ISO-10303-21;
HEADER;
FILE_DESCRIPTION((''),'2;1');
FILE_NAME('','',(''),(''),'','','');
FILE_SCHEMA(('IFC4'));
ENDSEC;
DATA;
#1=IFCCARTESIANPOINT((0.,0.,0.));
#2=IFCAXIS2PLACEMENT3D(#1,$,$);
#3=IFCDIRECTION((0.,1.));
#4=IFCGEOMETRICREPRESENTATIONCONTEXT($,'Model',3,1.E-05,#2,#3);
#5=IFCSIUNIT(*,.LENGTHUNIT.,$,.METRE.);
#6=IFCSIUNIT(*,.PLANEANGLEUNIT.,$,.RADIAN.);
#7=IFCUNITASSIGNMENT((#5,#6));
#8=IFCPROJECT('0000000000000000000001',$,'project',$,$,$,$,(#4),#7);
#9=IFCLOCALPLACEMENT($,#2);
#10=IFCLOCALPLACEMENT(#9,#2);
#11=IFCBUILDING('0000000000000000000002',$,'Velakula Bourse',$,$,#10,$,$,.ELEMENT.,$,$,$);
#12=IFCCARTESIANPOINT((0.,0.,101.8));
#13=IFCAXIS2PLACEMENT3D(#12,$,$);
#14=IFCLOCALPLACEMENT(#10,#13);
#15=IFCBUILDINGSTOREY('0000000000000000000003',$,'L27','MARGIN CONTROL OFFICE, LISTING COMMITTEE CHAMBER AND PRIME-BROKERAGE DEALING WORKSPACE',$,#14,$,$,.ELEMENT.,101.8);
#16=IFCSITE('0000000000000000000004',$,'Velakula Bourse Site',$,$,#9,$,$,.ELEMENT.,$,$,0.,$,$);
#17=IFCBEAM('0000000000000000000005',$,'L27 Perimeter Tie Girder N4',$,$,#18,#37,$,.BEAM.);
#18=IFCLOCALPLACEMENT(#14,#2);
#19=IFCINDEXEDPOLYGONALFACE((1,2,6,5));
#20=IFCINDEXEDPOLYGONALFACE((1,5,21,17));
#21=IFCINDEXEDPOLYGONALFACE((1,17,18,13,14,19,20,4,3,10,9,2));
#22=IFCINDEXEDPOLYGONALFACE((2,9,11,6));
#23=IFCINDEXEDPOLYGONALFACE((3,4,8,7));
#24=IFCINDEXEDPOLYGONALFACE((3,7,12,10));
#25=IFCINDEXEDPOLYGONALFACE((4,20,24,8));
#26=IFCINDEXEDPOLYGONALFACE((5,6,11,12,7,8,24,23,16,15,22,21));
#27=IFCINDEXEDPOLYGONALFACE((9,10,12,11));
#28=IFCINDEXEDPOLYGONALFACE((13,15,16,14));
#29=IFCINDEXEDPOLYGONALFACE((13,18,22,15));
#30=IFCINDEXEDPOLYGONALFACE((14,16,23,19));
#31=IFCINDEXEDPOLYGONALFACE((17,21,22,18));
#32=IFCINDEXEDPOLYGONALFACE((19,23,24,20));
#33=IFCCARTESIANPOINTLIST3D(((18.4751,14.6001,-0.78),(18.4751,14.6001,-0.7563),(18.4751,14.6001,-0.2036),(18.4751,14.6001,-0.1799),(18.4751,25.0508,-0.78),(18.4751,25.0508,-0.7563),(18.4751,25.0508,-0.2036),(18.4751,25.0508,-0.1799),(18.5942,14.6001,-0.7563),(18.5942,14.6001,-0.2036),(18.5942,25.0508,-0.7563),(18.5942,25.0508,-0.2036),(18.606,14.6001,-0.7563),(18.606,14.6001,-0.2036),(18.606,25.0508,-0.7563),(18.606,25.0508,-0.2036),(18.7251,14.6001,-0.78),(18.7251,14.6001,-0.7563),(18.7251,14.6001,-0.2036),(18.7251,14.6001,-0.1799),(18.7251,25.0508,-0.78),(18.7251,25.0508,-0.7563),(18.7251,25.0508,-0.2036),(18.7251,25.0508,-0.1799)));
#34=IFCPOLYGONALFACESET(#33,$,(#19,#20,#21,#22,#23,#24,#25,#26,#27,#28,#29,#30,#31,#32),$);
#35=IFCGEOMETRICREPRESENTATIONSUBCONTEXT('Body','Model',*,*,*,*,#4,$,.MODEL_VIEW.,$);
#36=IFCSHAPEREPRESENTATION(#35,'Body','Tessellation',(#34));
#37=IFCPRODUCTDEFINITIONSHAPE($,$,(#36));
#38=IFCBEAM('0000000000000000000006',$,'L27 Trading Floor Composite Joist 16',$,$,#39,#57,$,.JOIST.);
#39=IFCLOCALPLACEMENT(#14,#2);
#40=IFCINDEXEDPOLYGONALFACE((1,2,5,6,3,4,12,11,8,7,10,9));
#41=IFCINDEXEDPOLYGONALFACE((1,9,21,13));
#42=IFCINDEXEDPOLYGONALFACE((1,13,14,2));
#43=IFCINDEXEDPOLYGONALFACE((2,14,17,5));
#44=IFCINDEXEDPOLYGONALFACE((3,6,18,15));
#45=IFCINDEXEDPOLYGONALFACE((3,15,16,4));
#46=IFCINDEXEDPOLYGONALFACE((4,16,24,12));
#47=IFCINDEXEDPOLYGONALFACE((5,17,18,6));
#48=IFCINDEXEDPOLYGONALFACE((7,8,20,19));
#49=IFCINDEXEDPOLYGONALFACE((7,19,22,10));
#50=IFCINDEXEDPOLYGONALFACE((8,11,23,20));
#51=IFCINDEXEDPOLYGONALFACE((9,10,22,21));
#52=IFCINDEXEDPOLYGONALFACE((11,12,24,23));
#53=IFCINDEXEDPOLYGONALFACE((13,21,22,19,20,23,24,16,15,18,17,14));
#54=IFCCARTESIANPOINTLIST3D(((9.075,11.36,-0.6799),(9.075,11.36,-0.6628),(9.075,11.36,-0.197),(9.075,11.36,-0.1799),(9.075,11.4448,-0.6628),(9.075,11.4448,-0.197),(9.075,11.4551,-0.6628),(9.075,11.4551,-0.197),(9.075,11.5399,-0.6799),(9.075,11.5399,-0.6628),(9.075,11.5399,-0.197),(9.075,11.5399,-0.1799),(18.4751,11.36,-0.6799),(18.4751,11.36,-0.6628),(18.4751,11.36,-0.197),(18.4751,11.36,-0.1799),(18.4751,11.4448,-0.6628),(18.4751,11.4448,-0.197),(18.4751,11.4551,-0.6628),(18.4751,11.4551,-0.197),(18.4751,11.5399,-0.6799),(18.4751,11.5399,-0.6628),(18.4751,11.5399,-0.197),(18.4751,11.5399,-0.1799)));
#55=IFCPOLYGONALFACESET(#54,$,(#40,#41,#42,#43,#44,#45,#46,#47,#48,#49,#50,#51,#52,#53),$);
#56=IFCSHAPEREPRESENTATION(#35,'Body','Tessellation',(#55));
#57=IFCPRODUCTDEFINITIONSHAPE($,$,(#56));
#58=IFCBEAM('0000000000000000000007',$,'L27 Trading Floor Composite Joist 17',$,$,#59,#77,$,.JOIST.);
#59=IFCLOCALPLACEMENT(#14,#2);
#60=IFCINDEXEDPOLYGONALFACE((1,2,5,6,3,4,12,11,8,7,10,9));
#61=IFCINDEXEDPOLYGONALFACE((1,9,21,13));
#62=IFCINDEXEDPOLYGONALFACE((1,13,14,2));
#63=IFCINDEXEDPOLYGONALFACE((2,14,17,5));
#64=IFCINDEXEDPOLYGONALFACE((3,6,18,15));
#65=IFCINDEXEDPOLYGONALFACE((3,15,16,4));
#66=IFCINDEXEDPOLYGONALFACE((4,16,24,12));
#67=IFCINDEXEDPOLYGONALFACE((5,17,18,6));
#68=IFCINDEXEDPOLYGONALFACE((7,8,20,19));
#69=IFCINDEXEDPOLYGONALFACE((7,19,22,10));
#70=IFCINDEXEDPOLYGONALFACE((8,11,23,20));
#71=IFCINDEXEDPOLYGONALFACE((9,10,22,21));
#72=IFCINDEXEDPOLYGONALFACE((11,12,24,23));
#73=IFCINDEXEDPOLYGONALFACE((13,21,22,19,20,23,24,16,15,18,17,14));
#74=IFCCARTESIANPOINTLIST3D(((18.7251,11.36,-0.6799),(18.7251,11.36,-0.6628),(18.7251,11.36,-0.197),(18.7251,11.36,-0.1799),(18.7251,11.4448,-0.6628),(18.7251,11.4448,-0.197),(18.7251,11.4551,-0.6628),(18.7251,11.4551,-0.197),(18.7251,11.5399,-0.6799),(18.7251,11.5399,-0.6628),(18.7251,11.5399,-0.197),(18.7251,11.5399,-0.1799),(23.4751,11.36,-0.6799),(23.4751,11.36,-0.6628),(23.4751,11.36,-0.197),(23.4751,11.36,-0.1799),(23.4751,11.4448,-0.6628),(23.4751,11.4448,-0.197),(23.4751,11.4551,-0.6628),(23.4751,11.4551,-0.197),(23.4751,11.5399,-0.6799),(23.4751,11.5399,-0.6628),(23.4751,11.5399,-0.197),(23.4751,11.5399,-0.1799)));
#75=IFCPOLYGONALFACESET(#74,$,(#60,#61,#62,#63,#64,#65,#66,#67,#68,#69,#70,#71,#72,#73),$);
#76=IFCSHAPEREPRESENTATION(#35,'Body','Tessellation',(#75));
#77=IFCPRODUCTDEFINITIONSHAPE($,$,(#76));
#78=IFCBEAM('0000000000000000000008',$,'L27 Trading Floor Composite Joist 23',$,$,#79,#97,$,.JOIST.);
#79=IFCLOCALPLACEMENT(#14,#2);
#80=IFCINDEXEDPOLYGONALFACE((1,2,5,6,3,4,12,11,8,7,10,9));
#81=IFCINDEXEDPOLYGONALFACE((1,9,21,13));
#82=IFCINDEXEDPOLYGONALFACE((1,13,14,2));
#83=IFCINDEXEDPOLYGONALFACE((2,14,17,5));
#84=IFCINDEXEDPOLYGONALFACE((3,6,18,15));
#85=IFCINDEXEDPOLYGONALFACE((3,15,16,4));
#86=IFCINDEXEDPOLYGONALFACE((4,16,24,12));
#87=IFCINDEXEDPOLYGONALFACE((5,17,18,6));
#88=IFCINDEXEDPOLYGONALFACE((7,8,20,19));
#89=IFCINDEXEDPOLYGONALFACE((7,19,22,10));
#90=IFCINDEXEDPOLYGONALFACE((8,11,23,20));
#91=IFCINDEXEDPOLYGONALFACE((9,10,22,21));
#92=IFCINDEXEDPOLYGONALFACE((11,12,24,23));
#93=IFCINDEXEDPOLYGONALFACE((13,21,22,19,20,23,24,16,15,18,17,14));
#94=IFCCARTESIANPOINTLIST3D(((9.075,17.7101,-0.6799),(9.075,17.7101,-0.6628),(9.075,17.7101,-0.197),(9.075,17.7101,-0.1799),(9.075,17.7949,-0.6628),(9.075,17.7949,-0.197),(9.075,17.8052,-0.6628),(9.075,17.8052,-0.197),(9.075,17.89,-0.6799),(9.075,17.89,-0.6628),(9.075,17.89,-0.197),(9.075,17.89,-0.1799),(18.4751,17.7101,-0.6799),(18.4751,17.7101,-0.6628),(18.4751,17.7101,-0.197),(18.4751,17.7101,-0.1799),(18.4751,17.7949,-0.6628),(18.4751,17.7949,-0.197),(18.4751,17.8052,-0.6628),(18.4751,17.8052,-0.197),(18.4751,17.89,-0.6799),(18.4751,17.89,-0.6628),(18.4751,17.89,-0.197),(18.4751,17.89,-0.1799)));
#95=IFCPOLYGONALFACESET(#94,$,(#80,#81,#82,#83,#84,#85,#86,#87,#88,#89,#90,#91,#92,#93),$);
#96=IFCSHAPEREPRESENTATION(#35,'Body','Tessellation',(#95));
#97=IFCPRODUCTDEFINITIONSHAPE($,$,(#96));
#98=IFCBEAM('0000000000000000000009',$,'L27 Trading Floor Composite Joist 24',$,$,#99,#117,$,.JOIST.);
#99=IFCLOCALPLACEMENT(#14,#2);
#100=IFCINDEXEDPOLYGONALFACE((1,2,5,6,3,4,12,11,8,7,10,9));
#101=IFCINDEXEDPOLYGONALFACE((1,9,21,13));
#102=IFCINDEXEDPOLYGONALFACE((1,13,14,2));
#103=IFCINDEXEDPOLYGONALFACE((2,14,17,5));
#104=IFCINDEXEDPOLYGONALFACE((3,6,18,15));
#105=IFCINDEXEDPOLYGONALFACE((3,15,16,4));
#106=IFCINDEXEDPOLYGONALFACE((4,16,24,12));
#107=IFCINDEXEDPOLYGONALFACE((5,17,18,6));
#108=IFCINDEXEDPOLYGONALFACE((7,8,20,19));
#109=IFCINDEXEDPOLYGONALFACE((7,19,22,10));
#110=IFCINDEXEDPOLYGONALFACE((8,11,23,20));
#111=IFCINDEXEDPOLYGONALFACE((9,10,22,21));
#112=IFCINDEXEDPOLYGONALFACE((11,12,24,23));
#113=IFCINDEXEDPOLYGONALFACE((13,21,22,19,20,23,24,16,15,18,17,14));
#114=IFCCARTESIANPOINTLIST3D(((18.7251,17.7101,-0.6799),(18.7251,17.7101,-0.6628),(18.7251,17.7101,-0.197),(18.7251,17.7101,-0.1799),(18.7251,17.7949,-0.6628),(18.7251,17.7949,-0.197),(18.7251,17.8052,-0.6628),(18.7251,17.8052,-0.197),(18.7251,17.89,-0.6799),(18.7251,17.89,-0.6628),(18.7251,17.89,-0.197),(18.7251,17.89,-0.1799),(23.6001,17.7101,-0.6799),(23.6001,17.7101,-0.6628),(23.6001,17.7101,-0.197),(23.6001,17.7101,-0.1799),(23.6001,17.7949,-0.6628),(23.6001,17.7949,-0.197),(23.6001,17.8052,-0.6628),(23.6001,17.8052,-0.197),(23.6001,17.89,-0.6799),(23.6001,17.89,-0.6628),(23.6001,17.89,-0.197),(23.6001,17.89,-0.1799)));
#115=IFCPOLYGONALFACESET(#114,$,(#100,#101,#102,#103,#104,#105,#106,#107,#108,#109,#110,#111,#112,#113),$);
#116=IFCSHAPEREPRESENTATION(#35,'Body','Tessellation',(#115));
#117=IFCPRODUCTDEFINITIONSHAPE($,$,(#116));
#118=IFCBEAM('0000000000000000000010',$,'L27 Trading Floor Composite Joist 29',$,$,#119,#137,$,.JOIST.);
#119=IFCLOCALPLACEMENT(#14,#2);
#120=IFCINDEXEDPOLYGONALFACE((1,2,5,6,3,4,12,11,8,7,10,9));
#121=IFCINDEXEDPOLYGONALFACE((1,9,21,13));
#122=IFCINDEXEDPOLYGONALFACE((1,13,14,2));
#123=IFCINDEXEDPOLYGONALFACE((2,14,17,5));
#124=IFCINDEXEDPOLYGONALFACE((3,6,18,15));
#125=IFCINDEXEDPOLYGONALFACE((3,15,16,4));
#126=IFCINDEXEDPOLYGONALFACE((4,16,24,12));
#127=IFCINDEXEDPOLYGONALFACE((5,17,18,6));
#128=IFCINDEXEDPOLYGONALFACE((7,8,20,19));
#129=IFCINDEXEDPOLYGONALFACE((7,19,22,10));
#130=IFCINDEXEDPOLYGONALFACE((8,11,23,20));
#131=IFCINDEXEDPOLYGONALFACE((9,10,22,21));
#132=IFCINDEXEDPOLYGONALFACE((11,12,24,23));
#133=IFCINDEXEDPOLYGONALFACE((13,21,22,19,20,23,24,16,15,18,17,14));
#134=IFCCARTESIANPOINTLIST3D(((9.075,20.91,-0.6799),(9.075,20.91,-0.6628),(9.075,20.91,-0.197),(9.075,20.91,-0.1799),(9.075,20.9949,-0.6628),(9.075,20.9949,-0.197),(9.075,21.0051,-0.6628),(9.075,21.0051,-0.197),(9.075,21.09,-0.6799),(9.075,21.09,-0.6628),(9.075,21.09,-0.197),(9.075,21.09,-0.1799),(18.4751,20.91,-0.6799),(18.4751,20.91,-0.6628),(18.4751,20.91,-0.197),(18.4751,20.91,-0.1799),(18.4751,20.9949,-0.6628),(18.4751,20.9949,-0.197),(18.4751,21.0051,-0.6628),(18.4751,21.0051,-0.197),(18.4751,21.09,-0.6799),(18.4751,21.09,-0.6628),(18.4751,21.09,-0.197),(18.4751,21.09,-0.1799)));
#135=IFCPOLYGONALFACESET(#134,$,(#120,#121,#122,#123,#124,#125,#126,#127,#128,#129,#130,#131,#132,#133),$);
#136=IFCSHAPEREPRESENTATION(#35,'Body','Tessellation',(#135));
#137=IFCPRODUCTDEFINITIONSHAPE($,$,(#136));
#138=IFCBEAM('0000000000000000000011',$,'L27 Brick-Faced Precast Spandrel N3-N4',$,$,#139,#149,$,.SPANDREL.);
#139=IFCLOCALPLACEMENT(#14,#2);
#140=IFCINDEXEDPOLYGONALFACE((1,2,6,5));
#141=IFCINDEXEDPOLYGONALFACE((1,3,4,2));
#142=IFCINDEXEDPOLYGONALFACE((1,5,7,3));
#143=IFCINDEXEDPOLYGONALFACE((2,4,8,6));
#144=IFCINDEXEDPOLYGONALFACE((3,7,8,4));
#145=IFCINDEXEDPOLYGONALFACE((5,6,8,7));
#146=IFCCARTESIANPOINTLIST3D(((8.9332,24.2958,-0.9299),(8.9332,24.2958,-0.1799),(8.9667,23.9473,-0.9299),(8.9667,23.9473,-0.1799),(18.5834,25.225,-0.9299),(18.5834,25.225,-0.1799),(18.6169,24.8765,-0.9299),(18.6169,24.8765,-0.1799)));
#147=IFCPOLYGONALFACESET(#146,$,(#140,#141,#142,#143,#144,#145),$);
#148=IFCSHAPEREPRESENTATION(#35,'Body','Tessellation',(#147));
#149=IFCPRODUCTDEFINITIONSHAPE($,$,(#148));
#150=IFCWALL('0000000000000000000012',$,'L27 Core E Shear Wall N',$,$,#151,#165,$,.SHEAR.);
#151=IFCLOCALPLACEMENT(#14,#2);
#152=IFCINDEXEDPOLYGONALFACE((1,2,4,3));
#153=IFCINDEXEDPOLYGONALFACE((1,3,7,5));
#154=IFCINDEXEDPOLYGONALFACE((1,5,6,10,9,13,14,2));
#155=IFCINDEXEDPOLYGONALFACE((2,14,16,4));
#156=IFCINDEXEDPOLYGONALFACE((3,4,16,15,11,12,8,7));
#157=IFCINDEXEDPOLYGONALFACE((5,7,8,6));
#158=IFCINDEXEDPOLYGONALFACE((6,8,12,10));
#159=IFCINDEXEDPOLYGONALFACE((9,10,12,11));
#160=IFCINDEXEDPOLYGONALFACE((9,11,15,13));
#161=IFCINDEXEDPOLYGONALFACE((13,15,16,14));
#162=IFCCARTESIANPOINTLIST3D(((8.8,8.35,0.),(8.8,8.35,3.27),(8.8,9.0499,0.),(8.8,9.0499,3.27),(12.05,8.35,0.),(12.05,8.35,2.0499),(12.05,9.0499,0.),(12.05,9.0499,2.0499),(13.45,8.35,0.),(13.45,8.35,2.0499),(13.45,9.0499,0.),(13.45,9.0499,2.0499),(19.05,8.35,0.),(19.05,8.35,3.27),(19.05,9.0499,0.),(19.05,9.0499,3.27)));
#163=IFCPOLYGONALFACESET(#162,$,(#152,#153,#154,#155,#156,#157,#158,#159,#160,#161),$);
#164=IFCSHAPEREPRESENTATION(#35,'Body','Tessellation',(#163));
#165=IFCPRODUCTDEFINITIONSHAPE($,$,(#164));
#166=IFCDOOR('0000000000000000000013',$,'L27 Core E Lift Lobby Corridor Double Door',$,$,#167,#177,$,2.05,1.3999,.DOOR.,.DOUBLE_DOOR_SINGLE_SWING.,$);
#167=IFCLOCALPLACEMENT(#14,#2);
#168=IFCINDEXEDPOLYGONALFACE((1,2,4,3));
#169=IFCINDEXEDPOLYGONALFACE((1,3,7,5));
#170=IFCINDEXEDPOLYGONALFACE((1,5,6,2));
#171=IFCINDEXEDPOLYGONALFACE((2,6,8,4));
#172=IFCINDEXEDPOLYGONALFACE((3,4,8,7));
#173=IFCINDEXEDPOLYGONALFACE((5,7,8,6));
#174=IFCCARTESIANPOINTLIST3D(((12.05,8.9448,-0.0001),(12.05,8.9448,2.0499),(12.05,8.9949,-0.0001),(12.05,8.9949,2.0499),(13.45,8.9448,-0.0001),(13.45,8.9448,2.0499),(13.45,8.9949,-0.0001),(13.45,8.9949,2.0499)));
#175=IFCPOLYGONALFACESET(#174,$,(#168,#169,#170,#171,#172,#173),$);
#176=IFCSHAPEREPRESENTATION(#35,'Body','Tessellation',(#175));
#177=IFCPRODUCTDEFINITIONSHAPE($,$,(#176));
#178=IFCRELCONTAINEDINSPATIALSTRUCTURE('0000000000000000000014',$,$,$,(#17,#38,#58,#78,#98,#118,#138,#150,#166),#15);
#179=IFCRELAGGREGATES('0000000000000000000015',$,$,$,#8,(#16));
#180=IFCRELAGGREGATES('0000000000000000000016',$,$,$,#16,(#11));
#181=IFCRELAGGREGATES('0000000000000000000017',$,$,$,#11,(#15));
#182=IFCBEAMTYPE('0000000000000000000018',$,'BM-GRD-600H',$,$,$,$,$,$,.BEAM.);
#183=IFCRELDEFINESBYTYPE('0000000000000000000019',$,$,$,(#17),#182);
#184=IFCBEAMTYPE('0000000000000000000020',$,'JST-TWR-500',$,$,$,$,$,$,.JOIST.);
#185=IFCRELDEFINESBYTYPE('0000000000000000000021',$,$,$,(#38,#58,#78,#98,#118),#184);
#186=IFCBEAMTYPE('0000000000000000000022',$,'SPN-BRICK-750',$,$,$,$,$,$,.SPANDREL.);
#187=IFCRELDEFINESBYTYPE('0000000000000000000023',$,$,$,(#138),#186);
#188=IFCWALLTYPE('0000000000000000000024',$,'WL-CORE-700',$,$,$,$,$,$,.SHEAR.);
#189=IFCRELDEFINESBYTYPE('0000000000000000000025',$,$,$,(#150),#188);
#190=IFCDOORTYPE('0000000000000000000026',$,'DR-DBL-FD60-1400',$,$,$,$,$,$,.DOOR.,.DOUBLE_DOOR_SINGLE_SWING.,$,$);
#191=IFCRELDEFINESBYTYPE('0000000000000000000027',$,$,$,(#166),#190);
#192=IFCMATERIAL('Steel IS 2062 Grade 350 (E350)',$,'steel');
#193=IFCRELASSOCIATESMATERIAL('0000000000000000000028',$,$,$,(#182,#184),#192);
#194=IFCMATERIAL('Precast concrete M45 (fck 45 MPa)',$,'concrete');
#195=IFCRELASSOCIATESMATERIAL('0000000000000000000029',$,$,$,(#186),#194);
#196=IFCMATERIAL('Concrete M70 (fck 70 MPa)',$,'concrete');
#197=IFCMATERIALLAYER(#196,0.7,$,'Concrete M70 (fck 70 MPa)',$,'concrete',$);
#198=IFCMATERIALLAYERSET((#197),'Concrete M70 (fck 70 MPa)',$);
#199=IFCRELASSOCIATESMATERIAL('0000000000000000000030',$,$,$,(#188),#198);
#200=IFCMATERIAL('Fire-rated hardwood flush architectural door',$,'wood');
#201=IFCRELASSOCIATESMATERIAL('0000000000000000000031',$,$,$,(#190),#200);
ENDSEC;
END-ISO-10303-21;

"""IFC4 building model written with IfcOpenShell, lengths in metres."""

from ifc_helpers import new_model, si_unit, direction, frame, frame_2d, origin, origin_2d, place, context, subcontext, project, spatial, rectangle, i_section, extrude, material, layer, layer_set, material_profile, profile_set, type_object, element, fill, save


model = new_model("IFC4")

# Units and contexts
model_context = context("Model", 3, precision=1e-05, world=origin(), true_north=direction((0.0, 1.0)))
body_context = subcontext(model_context, "Body", "Model", "MODEL_VIEW")
ifc_project = project(units=[si_unit("LENGTHUNIT", "METRE"), si_unit("PLANEANGLEUNIT", "RADIAN")], contexts=[model_context])

# Site, building, storey
site_placement = place(None, origin())
site = spatial("IfcSite", under=ifc_project, at=site_placement, Name="Velakula Bourse Site", CompositionType="ELEMENT", RefElevation=0.0)
building_placement = place(site_placement, origin())
building = spatial("IfcBuilding", under=site, at=building_placement, Name="Velakula Bourse", CompositionType="ELEMENT")
storey_placement = place(building_placement, frame((0.0, 0.0, 101.8)))
storey = spatial("IfcBuildingStorey", under=building, at=storey_placement, Name="L27", Description="MARGIN CONTROL OFFICE, LISTING COMMITTEE CHAMBER AND PRIME-BROKERAGE DEALING WORKSPACE", CompositionType="ELEMENT", Elevation=101.8)

# Beams
ifc_material_1 = material(Name="Steel IS 2062 Grade 350 (E350)", Category="steel")
ifc_material_profile_1 = material_profile(ifc_material_1, i_section(OverallWidth=0.25, OverallDepth=0.6001, WebThickness=0.0117, FlangeThickness=0.0237, at=origin_2d()), Name="Steel IS 2062 Grade 350 (E350)")
ifc_profile_set_1 = profile_set([ifc_material_profile_1], Name="Steel IS 2062 Grade 350 (E350)")
beam_type_1 = type_object("IfcBeamType", Name="BM-GRD-600H", PredefinedType="BEAM", material=ifc_profile_set_1)
beam_1_placement = place(storey_placement, frame((18.6001, 14.6001, -0.48), z_axis=(0.0, 1.0, 0.0), x_axis=(-1.0, 0.0, 0.0)))
element("IfcBeam", 1, at=beam_1_placement, inside=storey, type_object=beam_type_1, Name="L27 Perimeter Tie Girder N4", PredefinedType="BEAM", context=body_context, shape_type="SweptSolid", body=[
    extrude(i_section(OverallWidth=0.25, OverallDepth=0.6001, WebThickness=0.0117, FlangeThickness=0.0237, at=origin_2d()), origin(), (0.0, 0.0, 1.0), 10.4507),
])
ifc_material_profile_2 = material_profile(ifc_material_1, i_section(OverallWidth=0.1799, OverallDepth=0.5, WebThickness=0.0103, FlangeThickness=0.0171, at=origin_2d()), Name="Steel IS 2062 Grade 350 (E350)")
ifc_profile_set_2 = profile_set([ifc_material_profile_2], Name="Steel IS 2062 Grade 350 (E350)")
beam_type_2 = type_object("IfcBeamType", Name="JST-TWR-500", PredefinedType="JOIST", material=ifc_profile_set_2)
beam_2_placement = place(storey_placement, frame((9.075, 11.45, -0.4299), z_axis=(1.0, 0.0, 0.0), x_axis=(0.0, 1.0, 0.0)))
element("IfcBeam", 2, at=beam_2_placement, inside=storey, type_object=beam_type_2, Name="L27 Trading Floor Composite Joist 16", PredefinedType="JOIST", context=body_context, shape_type="SweptSolid", body=[
    extrude(i_section(OverallWidth=0.1799, OverallDepth=0.5, WebThickness=0.0103, FlangeThickness=0.0171, at=origin_2d()), origin(), (0.0, 0.0, 1.0), 9.4001),
])
beam_3_placement = place(storey_placement, frame((18.7251, 11.45, -0.4299), z_axis=(1.0, 0.0, 0.0), x_axis=(0.0, 1.0, 0.0)))
element("IfcBeam", 3, at=beam_3_placement, inside=storey, type_object=beam_type_2, Name="L27 Trading Floor Composite Joist 17", PredefinedType="JOIST", context=body_context, shape_type="SweptSolid", body=[
    extrude(i_section(OverallWidth=0.1799, OverallDepth=0.5, WebThickness=0.0103, FlangeThickness=0.0171, at=origin_2d()), origin(), (0.0, 0.0, 1.0), 4.75),
])
beam_4_placement = place(storey_placement, frame((9.075, 17.8, -0.4299), z_axis=(1.0, 0.0, 0.0), x_axis=(0.0, 1.0, 0.0)))
element("IfcBeam", 4, at=beam_4_placement, inside=storey, type_object=beam_type_2, Name="L27 Trading Floor Composite Joist 23", PredefinedType="JOIST", context=body_context, shape_type="SweptSolid", body=[
    extrude(i_section(OverallWidth=0.1799, OverallDepth=0.5, WebThickness=0.0103, FlangeThickness=0.0171, at=origin_2d()), origin(), (0.0, 0.0, 1.0), 9.4001),
])
beam_5_placement = place(storey_placement, frame((18.7251, 17.8, -0.4299), z_axis=(1.0, 0.0, 0.0), x_axis=(0.0, 1.0, 0.0)))
element("IfcBeam", 5, at=beam_5_placement, inside=storey, type_object=beam_type_2, Name="L27 Trading Floor Composite Joist 24", PredefinedType="JOIST", context=body_context, shape_type="SweptSolid", body=[
    extrude(i_section(OverallWidth=0.1799, OverallDepth=0.5, WebThickness=0.0103, FlangeThickness=0.0171, at=origin_2d()), origin(), (0.0, 0.0, 1.0), 4.875),
])
beam_6_placement = place(storey_placement, frame((9.075, 21.0, -0.4299), z_axis=(1.0, 0.0, 0.0), x_axis=(0.0, 1.0, 0.0)))
element("IfcBeam", 6, at=beam_6_placement, inside=storey, type_object=beam_type_2, Name="L27 Trading Floor Composite Joist 29", PredefinedType="JOIST", context=body_context, shape_type="SweptSolid", body=[
    extrude(i_section(OverallWidth=0.1799, OverallDepth=0.5, WebThickness=0.0103, FlangeThickness=0.0171, at=origin_2d()), origin(), (0.0, 0.0, 1.0), 9.4001),
])
ifc_material_2 = material(Name="Precast concrete M45 (fck 45 MPa)", Category="concrete")
ifc_material_profile_3 = material_profile(ifc_material_2, rectangle(XDim=0.3501, YDim=0.75, at=origin_2d()), Name="Precast concrete M45 (fck 45 MPa)")
ifc_profile_set_3 = profile_set([ifc_material_profile_3], Name="Precast concrete M45 (fck 45 MPa)")
beam_type_3 = type_object("IfcBeamType", Name="SPN-BRICK-750", PredefinedType="SPANDREL", material=ifc_profile_set_3)
beam_7_placement = place(storey_placement, frame((8.95, 24.1216, -0.5549), z_axis=(0.995396, 0.095845, 0.0), x_axis=(-0.095845, 0.995396, 0.0)))
element("IfcBeam", 7, at=beam_7_placement, inside=storey, type_object=beam_type_3, Name="L27 Brick-Faced Precast Spandrel N3-N4", PredefinedType="SPANDREL", context=body_context, shape_type="SweptSolid", body=[
    extrude(rectangle(XDim=0.3501, YDim=0.75, at=origin_2d()), origin(), (0.0, 0.0, 1.0), 9.6948),
])

# Wall, opening, door
ifc_material_3 = material(Name="Concrete M70 (fck 70 MPa)", Category="concrete")
ifc_layer_1 = layer(ifc_material_3, 0.7, Name="Concrete M70 (fck 70 MPa)", Category="concrete")
ifc_layer_set_1 = layer_set([ifc_layer_1], Name="Concrete M70 (fck 70 MPa)")
wall_type_1 = type_object("IfcWallType", Name="WL-CORE-700", PredefinedType="SHEAR", material=ifc_layer_set_1)
wall_1_placement = place(storey_placement, frame((8.8, 8.7, 0.0), z_axis=(0.0, 0.0, 1.0), x_axis=(1.0, 0.0, 0.0)))
wall_1 = element("IfcWall", 8, at=wall_1_placement, inside=storey, type_object=wall_type_1, Name="L27 Core E Shear Wall N", PredefinedType="SHEAR", context=body_context, shape_type="SweptSolid", body=[
    extrude(rectangle(XDim=10.25, YDim=0.7, at=frame_2d((5.125, 0.0))), origin(), (0.0, 0.0, 1.0), 3.27),
])
opening_1_placement = place(wall_1_placement, frame((3.25, 0.0, 0.0)))
opening_1 = element("IfcOpeningElement", 9, at=opening_1_placement, cuts=wall_1, PredefinedType="OPENING", context=body_context, shape_type="SweptSolid", body=[
    extrude(rectangle(XDim=1.3999, YDim=2.05, at=frame_2d((0.7, 1.0249))), frame((0.0, 0.3599, 0.0), z_axis=(0.0, -1.0, 0.0), x_axis=(1.0, 0.0, 0.0)), (0.0, 0.0, 1.0), 0.72),
])
ifc_material_4 = material(Name="Fire-rated hardwood flush architectural door", Category="wood")
door_type = type_object("IfcDoorType", Name="DR-DBL-FD60-1400", OperationType="DOUBLE_DOOR_SINGLE_SWING", PredefinedType="DOOR", material=ifc_material_4)
door_placement = place(opening_1_placement, origin())
door = element("IfcDoor", 10, at=door_placement, inside=storey, type_object=door_type, Name="L27 Core E Lift Lobby Corridor Double Door", OperationType="DOUBLE_DOOR_SINGLE_SWING", OverallHeight=2.05, OverallWidth=1.3999, PredefinedType="DOOR", context=body_context, shape_type="SweptSolid", body=[
    extrude(rectangle(XDim=1.3999, YDim=2.05, at=frame_2d((0.7, 1.0249))), frame((0.0, 0.2949, 0.0), z_axis=(0.0, -1.0, 0.0), x_axis=(1.0, 0.0, 0.0)), (0.0, 0.0, 1.0), 0.05),
])
fill(opening_1, door)

save(model, "model.ifc")
